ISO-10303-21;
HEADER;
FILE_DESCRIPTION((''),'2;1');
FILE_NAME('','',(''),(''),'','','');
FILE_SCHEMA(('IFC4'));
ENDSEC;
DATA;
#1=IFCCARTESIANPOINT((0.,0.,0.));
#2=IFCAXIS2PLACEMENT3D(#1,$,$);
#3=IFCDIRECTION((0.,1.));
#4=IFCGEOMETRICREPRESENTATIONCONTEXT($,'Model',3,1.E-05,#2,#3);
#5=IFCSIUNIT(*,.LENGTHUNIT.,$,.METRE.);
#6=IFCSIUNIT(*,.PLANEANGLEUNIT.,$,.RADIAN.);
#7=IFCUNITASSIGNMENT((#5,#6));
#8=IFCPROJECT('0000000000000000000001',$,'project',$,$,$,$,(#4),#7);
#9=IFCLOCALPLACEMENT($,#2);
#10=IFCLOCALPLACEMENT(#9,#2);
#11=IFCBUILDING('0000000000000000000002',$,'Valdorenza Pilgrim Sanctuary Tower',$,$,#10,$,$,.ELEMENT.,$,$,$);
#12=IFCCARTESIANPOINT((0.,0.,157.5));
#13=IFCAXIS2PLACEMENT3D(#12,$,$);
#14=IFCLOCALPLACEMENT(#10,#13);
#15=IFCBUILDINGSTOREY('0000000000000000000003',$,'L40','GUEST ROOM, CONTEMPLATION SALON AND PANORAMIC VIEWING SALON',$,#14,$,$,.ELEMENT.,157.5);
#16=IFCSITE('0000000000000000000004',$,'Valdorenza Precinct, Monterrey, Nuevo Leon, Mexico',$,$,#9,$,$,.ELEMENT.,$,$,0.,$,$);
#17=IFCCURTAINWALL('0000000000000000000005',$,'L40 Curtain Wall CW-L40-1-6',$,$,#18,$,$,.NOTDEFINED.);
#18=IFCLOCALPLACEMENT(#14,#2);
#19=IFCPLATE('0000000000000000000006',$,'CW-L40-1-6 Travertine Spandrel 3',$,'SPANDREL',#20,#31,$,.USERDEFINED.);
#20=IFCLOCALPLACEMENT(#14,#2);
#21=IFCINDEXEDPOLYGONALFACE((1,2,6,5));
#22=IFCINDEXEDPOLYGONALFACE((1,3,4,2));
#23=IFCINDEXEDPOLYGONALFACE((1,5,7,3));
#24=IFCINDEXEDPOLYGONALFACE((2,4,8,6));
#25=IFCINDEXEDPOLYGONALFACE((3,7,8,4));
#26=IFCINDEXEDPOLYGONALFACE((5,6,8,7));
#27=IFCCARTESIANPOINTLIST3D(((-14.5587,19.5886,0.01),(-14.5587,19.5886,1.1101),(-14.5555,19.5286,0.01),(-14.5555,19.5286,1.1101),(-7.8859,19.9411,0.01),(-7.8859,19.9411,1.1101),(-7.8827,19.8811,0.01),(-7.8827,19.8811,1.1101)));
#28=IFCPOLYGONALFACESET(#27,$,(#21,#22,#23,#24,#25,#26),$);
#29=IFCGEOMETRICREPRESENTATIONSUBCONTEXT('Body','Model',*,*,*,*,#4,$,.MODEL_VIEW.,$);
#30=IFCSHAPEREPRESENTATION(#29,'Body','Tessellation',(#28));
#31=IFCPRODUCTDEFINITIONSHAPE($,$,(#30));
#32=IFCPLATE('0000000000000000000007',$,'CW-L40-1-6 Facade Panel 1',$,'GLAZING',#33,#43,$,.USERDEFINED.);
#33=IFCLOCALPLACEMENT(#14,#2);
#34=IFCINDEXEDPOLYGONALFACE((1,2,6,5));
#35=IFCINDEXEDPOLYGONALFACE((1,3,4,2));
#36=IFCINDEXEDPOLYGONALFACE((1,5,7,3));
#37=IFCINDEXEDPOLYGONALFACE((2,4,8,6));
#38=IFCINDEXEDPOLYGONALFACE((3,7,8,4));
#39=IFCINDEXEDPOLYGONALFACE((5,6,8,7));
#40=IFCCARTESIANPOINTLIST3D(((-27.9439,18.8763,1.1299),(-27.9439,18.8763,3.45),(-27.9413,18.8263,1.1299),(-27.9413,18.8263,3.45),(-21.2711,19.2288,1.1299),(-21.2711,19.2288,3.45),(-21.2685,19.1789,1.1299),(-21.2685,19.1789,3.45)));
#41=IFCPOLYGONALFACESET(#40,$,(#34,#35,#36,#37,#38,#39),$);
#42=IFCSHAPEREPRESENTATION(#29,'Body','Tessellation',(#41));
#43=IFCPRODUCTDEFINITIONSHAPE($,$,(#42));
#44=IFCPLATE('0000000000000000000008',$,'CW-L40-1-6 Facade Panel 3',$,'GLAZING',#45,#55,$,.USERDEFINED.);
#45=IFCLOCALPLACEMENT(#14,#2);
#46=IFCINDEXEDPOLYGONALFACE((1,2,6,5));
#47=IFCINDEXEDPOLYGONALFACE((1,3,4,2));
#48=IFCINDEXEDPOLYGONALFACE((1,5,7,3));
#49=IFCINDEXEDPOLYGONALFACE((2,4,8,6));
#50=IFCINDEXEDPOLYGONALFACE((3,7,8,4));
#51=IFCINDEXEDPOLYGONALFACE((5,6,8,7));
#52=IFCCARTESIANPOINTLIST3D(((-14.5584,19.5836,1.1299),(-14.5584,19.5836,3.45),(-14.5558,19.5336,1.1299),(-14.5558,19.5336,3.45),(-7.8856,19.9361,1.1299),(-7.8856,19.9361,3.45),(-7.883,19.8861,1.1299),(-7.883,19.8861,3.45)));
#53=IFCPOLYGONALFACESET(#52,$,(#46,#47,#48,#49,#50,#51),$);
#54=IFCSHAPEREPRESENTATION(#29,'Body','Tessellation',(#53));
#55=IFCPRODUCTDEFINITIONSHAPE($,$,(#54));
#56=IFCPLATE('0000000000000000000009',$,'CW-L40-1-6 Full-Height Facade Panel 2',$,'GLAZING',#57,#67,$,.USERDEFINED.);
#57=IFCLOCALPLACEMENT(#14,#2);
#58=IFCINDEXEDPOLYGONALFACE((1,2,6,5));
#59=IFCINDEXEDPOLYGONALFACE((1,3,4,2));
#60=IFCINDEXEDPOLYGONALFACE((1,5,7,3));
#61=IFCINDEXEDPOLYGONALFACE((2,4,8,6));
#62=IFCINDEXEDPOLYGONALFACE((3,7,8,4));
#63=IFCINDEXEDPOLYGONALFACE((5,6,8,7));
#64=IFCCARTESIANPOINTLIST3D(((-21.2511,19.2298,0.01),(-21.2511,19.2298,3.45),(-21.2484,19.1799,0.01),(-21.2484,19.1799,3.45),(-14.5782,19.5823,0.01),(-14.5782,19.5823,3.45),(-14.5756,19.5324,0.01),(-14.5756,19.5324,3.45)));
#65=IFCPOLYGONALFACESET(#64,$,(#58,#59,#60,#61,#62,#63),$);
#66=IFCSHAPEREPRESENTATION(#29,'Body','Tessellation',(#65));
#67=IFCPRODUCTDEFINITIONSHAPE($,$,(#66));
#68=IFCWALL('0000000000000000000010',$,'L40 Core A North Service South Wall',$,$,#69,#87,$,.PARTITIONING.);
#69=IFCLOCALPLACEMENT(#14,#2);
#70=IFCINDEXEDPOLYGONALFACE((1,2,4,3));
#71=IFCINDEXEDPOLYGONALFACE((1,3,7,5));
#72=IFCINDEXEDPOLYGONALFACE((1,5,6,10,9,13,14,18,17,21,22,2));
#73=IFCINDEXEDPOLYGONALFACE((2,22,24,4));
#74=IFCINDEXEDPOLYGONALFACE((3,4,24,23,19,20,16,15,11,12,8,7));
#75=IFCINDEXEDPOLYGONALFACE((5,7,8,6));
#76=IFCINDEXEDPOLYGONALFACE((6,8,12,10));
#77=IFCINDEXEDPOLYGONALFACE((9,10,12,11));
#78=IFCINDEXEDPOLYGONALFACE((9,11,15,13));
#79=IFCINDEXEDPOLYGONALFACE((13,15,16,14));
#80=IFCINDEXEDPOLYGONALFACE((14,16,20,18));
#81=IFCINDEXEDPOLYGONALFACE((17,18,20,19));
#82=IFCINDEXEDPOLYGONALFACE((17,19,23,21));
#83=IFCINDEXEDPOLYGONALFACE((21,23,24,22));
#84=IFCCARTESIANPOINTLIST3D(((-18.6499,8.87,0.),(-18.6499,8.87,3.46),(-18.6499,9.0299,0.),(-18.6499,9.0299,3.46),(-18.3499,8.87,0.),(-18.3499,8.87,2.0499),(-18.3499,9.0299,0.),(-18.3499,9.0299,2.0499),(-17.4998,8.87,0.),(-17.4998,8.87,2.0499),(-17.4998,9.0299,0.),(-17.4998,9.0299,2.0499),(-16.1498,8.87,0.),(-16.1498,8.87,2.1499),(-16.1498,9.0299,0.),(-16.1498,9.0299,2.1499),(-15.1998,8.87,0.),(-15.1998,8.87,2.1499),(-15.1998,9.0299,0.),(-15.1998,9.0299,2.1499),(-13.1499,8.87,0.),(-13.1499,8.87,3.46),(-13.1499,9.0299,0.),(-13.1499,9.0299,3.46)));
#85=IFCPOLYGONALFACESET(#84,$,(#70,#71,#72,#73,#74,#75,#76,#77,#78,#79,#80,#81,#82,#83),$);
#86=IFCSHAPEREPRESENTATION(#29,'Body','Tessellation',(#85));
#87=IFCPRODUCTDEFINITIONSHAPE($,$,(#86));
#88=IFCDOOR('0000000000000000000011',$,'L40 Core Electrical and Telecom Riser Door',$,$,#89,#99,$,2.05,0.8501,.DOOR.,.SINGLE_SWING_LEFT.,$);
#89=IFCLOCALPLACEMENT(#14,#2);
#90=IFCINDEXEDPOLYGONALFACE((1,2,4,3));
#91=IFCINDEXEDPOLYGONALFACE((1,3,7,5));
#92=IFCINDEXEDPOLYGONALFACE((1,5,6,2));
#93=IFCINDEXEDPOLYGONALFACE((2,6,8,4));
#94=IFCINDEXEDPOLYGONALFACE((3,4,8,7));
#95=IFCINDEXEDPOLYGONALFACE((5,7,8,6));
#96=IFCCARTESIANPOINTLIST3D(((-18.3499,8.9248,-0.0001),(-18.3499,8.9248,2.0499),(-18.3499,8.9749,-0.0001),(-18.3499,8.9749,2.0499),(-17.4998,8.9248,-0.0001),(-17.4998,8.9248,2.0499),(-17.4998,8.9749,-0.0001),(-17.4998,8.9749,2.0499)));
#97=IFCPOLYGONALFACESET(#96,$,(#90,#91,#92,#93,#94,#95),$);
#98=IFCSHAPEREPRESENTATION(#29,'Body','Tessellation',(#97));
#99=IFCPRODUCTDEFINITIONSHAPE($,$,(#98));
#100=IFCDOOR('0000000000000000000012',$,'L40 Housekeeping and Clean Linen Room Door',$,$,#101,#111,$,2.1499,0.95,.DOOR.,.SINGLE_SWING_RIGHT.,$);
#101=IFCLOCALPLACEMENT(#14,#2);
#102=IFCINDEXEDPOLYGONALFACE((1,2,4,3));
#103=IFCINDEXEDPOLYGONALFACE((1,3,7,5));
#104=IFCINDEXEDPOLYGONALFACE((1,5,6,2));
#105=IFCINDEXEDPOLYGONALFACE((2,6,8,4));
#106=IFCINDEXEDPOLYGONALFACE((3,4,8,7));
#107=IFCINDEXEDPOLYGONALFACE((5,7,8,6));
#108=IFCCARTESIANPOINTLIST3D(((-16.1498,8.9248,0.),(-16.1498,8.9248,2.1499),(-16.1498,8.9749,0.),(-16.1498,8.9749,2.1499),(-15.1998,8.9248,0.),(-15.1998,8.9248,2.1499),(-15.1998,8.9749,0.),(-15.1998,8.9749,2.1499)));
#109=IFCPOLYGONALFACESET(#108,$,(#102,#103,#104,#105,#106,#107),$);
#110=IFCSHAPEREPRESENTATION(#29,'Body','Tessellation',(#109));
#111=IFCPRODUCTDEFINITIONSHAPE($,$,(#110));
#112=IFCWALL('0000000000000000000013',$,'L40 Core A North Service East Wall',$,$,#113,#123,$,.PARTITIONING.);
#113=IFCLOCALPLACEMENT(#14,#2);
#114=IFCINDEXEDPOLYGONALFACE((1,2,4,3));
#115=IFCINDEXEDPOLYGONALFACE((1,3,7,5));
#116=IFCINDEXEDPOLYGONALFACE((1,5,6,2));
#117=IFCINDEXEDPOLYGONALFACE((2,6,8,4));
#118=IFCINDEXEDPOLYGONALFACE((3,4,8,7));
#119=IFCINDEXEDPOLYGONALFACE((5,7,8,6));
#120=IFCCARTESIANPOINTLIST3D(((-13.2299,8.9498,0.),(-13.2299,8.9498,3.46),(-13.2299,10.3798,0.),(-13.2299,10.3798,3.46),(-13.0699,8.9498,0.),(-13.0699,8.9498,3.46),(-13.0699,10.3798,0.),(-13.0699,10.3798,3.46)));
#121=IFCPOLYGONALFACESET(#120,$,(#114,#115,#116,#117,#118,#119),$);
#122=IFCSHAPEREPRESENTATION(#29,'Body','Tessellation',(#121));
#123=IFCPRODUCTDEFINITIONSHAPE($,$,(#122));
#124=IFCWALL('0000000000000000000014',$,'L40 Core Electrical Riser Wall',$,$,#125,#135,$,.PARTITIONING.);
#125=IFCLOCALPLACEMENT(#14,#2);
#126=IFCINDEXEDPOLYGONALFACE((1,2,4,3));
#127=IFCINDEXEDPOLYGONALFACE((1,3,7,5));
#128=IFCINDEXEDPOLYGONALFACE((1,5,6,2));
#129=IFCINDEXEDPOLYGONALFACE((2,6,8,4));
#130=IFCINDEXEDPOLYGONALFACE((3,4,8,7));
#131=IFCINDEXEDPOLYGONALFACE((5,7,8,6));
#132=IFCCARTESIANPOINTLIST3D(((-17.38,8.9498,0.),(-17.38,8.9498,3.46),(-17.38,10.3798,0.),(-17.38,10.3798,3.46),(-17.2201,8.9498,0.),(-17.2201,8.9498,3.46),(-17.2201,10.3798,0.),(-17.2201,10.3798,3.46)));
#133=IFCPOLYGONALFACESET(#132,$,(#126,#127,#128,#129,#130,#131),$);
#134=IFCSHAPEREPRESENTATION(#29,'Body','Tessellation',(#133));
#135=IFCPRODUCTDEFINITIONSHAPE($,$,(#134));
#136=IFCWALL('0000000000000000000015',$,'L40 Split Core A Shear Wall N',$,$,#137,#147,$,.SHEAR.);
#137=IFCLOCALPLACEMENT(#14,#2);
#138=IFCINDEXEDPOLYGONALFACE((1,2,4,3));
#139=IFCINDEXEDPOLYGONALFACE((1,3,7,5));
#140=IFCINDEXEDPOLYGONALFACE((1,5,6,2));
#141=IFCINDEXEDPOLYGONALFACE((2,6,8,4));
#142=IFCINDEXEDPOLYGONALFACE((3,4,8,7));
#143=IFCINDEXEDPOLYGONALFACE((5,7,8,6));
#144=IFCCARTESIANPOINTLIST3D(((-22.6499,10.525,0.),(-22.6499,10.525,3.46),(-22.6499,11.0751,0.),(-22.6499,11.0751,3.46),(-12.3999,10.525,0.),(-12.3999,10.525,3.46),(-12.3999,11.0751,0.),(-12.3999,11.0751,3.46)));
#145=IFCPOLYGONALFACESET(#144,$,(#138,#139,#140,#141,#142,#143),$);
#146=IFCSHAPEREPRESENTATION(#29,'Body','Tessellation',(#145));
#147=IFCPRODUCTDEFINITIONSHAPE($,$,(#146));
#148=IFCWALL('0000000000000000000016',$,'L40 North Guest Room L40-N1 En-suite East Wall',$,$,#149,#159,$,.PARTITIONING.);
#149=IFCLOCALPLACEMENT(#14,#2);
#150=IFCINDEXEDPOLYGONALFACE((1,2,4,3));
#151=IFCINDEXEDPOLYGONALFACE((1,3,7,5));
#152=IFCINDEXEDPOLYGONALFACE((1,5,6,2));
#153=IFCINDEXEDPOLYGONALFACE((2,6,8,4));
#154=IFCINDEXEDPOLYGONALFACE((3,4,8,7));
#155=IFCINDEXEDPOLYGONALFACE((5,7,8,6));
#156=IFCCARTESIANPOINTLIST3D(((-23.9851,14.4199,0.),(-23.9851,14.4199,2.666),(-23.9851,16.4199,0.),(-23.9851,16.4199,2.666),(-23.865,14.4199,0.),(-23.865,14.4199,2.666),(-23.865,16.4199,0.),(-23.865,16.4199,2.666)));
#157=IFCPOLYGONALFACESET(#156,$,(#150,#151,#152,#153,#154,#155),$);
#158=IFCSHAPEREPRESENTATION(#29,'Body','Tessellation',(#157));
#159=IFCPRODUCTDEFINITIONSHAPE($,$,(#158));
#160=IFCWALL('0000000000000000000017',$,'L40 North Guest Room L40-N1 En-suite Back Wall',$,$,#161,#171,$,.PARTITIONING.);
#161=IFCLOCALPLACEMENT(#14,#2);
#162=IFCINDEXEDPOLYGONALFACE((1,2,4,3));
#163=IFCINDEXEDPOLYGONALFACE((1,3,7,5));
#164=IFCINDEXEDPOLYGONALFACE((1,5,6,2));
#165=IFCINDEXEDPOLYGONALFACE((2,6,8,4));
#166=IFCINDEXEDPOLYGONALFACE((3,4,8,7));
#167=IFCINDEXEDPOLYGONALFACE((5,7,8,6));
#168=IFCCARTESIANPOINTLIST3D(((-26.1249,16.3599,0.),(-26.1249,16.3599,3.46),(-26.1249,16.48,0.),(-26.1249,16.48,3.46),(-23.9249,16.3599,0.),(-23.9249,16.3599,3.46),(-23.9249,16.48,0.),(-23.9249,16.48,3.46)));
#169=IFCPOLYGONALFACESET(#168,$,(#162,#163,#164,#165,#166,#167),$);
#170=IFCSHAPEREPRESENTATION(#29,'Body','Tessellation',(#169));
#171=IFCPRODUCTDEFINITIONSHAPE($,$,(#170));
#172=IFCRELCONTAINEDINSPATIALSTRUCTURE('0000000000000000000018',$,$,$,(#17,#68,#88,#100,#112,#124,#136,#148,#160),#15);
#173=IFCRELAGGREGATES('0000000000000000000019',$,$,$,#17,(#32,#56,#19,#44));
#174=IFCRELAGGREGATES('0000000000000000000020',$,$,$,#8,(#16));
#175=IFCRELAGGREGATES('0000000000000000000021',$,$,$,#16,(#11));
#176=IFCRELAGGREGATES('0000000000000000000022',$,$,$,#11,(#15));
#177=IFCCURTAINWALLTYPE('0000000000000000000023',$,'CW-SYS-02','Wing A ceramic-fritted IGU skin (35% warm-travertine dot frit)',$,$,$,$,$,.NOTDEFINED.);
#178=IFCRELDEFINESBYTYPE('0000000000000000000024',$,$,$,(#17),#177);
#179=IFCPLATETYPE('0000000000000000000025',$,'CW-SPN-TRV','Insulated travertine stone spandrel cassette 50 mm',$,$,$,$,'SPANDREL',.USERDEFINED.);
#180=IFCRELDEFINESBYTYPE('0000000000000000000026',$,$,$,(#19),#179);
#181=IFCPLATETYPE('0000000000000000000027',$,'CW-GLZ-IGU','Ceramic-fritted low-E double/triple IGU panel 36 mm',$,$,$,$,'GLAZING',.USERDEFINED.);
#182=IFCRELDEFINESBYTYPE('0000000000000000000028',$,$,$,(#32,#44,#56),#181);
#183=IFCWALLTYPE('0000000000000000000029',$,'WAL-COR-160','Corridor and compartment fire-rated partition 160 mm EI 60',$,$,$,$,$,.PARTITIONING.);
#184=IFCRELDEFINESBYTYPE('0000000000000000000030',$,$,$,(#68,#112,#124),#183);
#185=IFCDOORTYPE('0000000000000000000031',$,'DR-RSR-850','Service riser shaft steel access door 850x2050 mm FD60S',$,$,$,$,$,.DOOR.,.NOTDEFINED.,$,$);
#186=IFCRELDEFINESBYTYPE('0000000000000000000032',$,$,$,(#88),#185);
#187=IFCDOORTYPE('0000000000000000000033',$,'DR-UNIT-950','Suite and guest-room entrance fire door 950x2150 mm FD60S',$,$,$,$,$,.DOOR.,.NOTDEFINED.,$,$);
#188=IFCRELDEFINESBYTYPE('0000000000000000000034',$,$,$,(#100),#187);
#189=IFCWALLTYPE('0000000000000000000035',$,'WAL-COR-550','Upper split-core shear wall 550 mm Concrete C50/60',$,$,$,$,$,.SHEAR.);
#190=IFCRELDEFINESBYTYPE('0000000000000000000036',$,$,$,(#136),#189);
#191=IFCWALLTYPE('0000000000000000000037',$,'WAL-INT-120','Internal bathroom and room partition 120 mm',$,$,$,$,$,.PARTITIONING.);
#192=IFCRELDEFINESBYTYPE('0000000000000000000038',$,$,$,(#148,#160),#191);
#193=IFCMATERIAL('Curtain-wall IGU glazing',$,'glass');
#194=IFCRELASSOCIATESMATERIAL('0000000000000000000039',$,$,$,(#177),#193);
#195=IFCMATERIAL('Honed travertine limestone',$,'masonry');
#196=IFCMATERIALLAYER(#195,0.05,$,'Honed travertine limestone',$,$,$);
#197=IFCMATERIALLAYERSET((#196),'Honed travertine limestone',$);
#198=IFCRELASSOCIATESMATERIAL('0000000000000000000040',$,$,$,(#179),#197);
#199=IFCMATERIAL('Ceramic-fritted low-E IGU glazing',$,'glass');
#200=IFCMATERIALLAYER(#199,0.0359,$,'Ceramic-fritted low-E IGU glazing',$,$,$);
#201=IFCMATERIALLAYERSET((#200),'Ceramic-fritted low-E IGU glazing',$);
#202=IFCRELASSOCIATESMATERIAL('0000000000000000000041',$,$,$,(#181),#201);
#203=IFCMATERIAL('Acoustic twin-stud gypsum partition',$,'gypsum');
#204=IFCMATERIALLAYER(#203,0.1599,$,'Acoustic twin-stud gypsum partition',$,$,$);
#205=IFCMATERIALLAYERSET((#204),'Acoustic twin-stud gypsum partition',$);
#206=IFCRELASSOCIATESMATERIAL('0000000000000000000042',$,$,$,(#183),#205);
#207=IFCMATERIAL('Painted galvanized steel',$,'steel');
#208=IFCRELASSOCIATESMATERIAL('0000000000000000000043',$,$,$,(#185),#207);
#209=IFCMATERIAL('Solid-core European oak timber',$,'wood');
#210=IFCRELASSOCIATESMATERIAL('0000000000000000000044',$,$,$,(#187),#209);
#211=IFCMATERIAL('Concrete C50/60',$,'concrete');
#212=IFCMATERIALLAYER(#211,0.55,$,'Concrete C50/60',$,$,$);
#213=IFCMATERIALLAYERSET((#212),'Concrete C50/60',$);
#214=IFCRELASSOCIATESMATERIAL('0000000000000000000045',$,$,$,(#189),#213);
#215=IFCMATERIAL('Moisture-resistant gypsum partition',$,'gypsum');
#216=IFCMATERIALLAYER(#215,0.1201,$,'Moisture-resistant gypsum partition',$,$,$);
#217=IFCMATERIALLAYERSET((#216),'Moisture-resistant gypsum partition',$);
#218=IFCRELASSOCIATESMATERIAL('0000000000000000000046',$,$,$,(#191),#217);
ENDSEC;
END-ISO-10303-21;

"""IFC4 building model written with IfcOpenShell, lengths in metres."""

from ifc_helpers import new_model, si_unit, direction, frame, frame_2d, origin, origin_2d, place, context, subcontext, project, spatial, rectangle, extrude, source, transform, mapped, material, layer, layer_set, type_object, element, fill, aggregate, save


model = new_model("IFC4")

# Units and contexts
model_context = context("Model", 3, precision=1e-05, world=origin(), true_north=direction((0.0, 1.0)))
body_context = subcontext(model_context, "Body", "Model", "MODEL_VIEW")
ifc_project = project(units=[si_unit("LENGTHUNIT", "METRE"), si_unit("PLANEANGLEUNIT", "RADIAN")], contexts=[model_context])

# Site, building, storey
site_placement = place(None, origin())
site = spatial("IfcSite", under=ifc_project, at=site_placement, Name="Valdorenza Precinct, Monterrey, Nuevo Leon, Mexico", CompositionType="ELEMENT", RefElevation=0.0)
building_placement = place(site_placement, origin())
building = spatial("IfcBuilding", under=site, at=building_placement, Name="Valdorenza Pilgrim Sanctuary Tower", CompositionType="ELEMENT")
storey_placement = place(building_placement, frame((0.0, 0.0, 157.5)))
storey = spatial("IfcBuildingStorey", under=building, at=storey_placement, Name="L40", Description="GUEST ROOM, CONTEMPLATION SALON AND PANORAMIC VIEWING SALON", CompositionType="ELEMENT", Elevation=157.5)

# Curtain wall, plates
ifc_material_1 = material(Name="Curtain-wall IGU glazing", Category="glass")
curtain_wall_type = type_object("IfcCurtainWallType", Name="CW-SYS-02", Description="Wing A ceramic-fritted IGU skin (35% warm-travertine dot frit)", PredefinedType="NOTDEFINED", material=ifc_material_1)
curtain_wall_placement = place(storey_placement, origin())
curtain_wall = element("IfcCurtainWall", 1, at=curtain_wall_placement, inside=storey, type_object=curtain_wall_type, Name="L40 Curtain Wall CW-L40-1-6", PredefinedType="NOTDEFINED")
ifc_material_2 = material(Name="Honed travertine limestone", Category="masonry")
ifc_layer_1 = layer(ifc_material_2, 0.05, Name="Honed travertine limestone")
ifc_layer_set_1 = layer_set([ifc_layer_1], Name="Honed travertine limestone")
plate_type_1 = type_object("IfcPlateType", Name="CW-SPN-TRV", Description="Insulated travertine stone spandrel cassette 50 mm", ElementType="SPANDREL", PredefinedType="USERDEFINED", material=ifc_layer_set_1)
shared_shape_1 = source(origin(), body_context, "Body", "SweptSolid", [
    extrude(rectangle(XDim=6.6821, YDim=0.0601, at=origin_2d()), origin(), (0.0, 0.0, 1.0), 1.1001),
])
plate_1_placement = place(storey_placement, frame((-11.2207, 19.7349, 0.01), z_axis=(0.0, 0.0, 1.0), x_axis=(0.998608, 0.052754, 0.0)))
plate_1 = element("IfcPlate", 2, at=plate_1_placement, type_object=plate_type_1, Name="CW-L40-1-6 Travertine Spandrel 3", ObjectType="SPANDREL", PredefinedType="USERDEFINED", context=body_context, shape_type="MappedRepresentation", body=[
    mapped(shared_shape_1, transform((0.0, 0.0, 0.0), x_axis=(1.0, 0.0, 0.0), y_axis=(0.0, 1.0, 0.0), z_axis=(0.0, 0.0, 1.0), scale=1.0)),
])
ifc_material_3 = material(Name="Ceramic-fritted low-E IGU glazing", Category="glass")
ifc_layer_2 = layer(ifc_material_3, 0.0359, Name="Ceramic-fritted low-E IGU glazing")
ifc_layer_set_2 = layer_set([ifc_layer_2], Name="Ceramic-fritted low-E IGU glazing")
plate_type_2 = type_object("IfcPlateType", Name="CW-GLZ-IGU", Description="Ceramic-fritted low-E double/triple IGU panel 36 mm", ElementType="GLAZING", PredefinedType="USERDEFINED", material=ifc_layer_set_2)
shared_shape_2 = source(origin(), body_context, "Body", "SweptSolid", [
    extrude(rectangle(XDim=6.6821, YDim=0.05, at=origin_2d()), origin(), (0.0, 0.0, 1.0), 2.3201),
])
plate_2_placement = place(storey_placement, frame((-24.6062, 19.0276, 1.1299), z_axis=(0.0, 0.0, 1.0), x_axis=(0.998608, 0.052754, 0.0)))
plate_2 = element("IfcPlate", 3, at=plate_2_placement, type_object=plate_type_2, Name="CW-L40-1-6 Facade Panel 1", ObjectType="GLAZING", PredefinedType="USERDEFINED", context=body_context, shape_type="MappedRepresentation", body=[
    mapped(shared_shape_2, transform((0.0, 0.0, 0.0), x_axis=(1.0, 0.0, 0.0), y_axis=(0.0, 1.0, 0.0), z_axis=(0.0, 0.0, 1.0), scale=1.0)),
])
plate_3_placement = place(storey_placement, frame((-11.2207, 19.7349, 1.1299), z_axis=(0.0, 0.0, 1.0), x_axis=(0.998608, 0.052754, 0.0)))
plate_3 = element("IfcPlate", 4, at=plate_3_placement, type_object=plate_type_2, Name="CW-L40-1-6 Facade Panel 3", ObjectType="GLAZING", PredefinedType="USERDEFINED", context=body_context, shape_type="MappedRepresentation", body=[
    mapped(shared_shape_2, transform((0.0, 0.0, 0.0), x_axis=(1.0, 0.0, 0.0), y_axis=(0.0, 1.0, 0.0), z_axis=(0.0, 0.0, 1.0), scale=1.0)),
])
shared_shape_3 = source(origin(), body_context, "Body", "SweptSolid", [
    extrude(rectangle(XDim=6.6821, YDim=0.05, at=origin_2d()), origin(), (0.0, 0.0, 1.0), 3.4399),
])
plate_4_placement = place(storey_placement, frame((-17.9133, 19.3811, 0.01), z_axis=(0.0, 0.0, 1.0), x_axis=(0.998608, 0.052754, 0.0)))
plate_4 = element("IfcPlate", 5, at=plate_4_placement, type_object=plate_type_2, Name="CW-L40-1-6 Full-Height Facade Panel 2", ObjectType="GLAZING", PredefinedType="USERDEFINED", context=body_context, shape_type="MappedRepresentation", body=[
    mapped(shared_shape_3, transform((0.0, 0.0, 0.0), x_axis=(1.0, 0.0, 0.0), y_axis=(0.0, 1.0, 0.0), z_axis=(0.0, 0.0, 1.0), scale=1.0)),
])
aggregate(curtain_wall, [plate_2, plate_4, plate_1, plate_3])

# Wall, openings, doors
ifc_material_4 = material(Name="Acoustic twin-stud gypsum partition", Category="gypsum")
ifc_layer_3 = layer(ifc_material_4, 0.1599, Name="Acoustic twin-stud gypsum partition")
ifc_layer_set_3 = layer_set([ifc_layer_3], Name="Acoustic twin-stud gypsum partition")
wall_type_1 = type_object("IfcWallType", Name="WAL-COR-160", Description="Corridor and compartment fire-rated partition 160 mm EI 60", PredefinedType="PARTITIONING", material=ifc_layer_set_3)
wall_1_placement = place(storey_placement, frame((-18.6499, 8.95, 0.0), z_axis=(0.0, 0.0, 1.0), x_axis=(1.0, 0.0, 0.0)))
wall_1 = element("IfcWall", 6, at=wall_1_placement, inside=storey, type_object=wall_type_1, Name="L40 Core A North Service South Wall", PredefinedType="PARTITIONING", context=body_context, shape_type="SweptSolid", body=[
    extrude(rectangle(XDim=5.5, YDim=0.1599, at=frame_2d((2.75, 0.0))), origin(), (0.0, 0.0, 1.0), 3.46),
])
opening_1_placement = place(wall_1_placement, frame((0.3, 0.0, 0.0)))
opening_1 = element("IfcOpeningElement", 7, at=opening_1_placement, cuts=wall_1, PredefinedType="OPENING", context=body_context, shape_type="SweptSolid", body=[
    extrude(rectangle(XDim=0.8501, YDim=2.05, at=frame_2d((0.425, 1.0249))), frame((0.0, 0.0947, 0.0), z_axis=(0.0, -1.0, 0.0), x_axis=(1.0, 0.0, 0.0)), (0.0, 0.0, 1.0), 0.1897),
])
opening_2_placement = place(wall_1_placement, frame((2.5, 0.0, 0.0)))
opening_2 = element("IfcOpeningElement", 8, at=opening_2_placement, cuts=wall_1, PredefinedType="OPENING", context=body_context, shape_type="SweptSolid", body=[
    extrude(rectangle(XDim=0.95, YDim=2.1499, at=frame_2d((0.4751, 1.075))), frame((0.0, 0.0947, 0.0), z_axis=(0.0, -1.0, 0.0), x_axis=(1.0, 0.0, 0.0)), (0.0, 0.0, 1.0), 0.1897),
])
ifc_material_5 = material(Name="Painted galvanized steel", Category="steel")
door_type_1 = type_object("IfcDoorType", Name="DR-RSR-850", Description="Service riser shaft steel access door 850x2050 mm FD60S", OperationType="NOTDEFINED", PredefinedType="DOOR", material=ifc_material_5)
door_1_placement = place(opening_1_placement, origin())
door_1 = element("IfcDoor", 9, at=door_1_placement, inside=storey, type_object=door_type_1, Name="L40 Core Electrical and Telecom Riser Door", OperationType="SINGLE_SWING_LEFT", OverallHeight=2.05, OverallWidth=0.8501, PredefinedType="DOOR", context=body_context, shape_type="SweptSolid", body=[
    extrude(rectangle(XDim=0.8501, YDim=2.05, at=frame_2d((0.425, 1.0249))), frame((0.0, 0.0249, 0.0), z_axis=(0.0, -1.0, 0.0), x_axis=(1.0, 0.0, 0.0)), (0.0, 0.0, 1.0), 0.05),
])
fill(opening_1, door_1)
ifc_material_6 = material(Name="Solid-core European oak timber", Category="wood")
door_type_2 = type_object("IfcDoorType", Name="DR-UNIT-950", Description="Suite and guest-room entrance fire door 950x2150 mm FD60S", OperationType="NOTDEFINED", PredefinedType="DOOR", material=ifc_material_6)
door_2_placement = place(opening_2_placement, origin())
door_2 = element("IfcDoor", 10, at=door_2_placement, inside=storey, type_object=door_type_2, Name="L40 Housekeeping and Clean Linen Room Door", OperationType="SINGLE_SWING_RIGHT", OverallHeight=2.1499, OverallWidth=0.95, PredefinedType="DOOR", context=body_context, shape_type="SweptSolid", body=[
    extrude(rectangle(XDim=0.95, YDim=2.1499, at=frame_2d((0.4751, 1.075))), frame((0.0, 0.0249, 0.0), z_axis=(0.0, -1.0, 0.0), x_axis=(1.0, 0.0, 0.0)), (0.0, 0.0, 1.0), 0.05),
])
fill(opening_2, door_2)

# Walls
for number, where, z_axis, x_axis, name in (
    (11, (-13.1499, 8.95, 0.0), (0.0, 0.0, 1.0), (0.0, 1.0, 0.0), "L40 Core A North Service East Wall"),
    (12, (-17.3, 8.95, 0.0), (0.0, 0.0, 1.0), (0.0, 1.0, 0.0), "L40 Core Electrical Riser Wall"),
):
    element("IfcWall", number, at=place(storey_placement, frame(where, z_axis=z_axis, x_axis=x_axis)), inside=storey, type_object=wall_type_1, Name=name, PredefinedType="PARTITIONING", context=body_context, shape_type="SweptSolid", body=[
        extrude(rectangle(XDim=1.4299, YDim=0.1599, at=frame_2d((0.7148, 0.0))), origin(), (0.0, 0.0, 1.0), 3.46),
    ])
ifc_material_7 = material(Name="Concrete C50/60", Category="concrete")
ifc_layer_4 = layer(ifc_material_7, 0.55, Name="Concrete C50/60")
ifc_layer_set_4 = layer_set([ifc_layer_4], Name="Concrete C50/60")
wall_type_2 = type_object("IfcWallType", Name="WAL-COR-550", Description="Upper split-core shear wall 550 mm Concrete C50/60", PredefinedType="SHEAR", material=ifc_layer_set_4)
wall_2_placement = place(storey_placement, frame((-22.6499, 10.8, 0.0), z_axis=(0.0, 0.0, 1.0), x_axis=(1.0, 0.0, 0.0)))
element("IfcWall", 13, at=wall_2_placement, inside=storey, type_object=wall_type_2, Name="L40 Split Core A Shear Wall N", PredefinedType="SHEAR", context=body_context, shape_type="SweptSolid", body=[
    extrude(rectangle(XDim=10.25, YDim=0.55, at=frame_2d((5.125, 0.0))), origin(), (0.0, 0.0, 1.0), 3.46),
])
ifc_material_8 = material(Name="Moisture-resistant gypsum partition", Category="gypsum")
ifc_layer_5 = layer(ifc_material_8, 0.1201, Name="Moisture-resistant gypsum partition")
ifc_layer_set_5 = layer_set([ifc_layer_5], Name="Moisture-resistant gypsum partition")
wall_type_3 = type_object("IfcWallType", Name="WAL-INT-120", Description="Internal bathroom and room partition 120 mm", PredefinedType="PARTITIONING", material=ifc_layer_set_5)
wall_3_placement = place(storey_placement, frame((-23.925, 14.4199, 0.0), z_axis=(0.0, 0.0, 1.0), x_axis=(0.0, 1.0, 0.0)))
element("IfcWall", 14, at=wall_3_placement, inside=storey, type_object=wall_type_3, Name="L40 North Guest Room L40-N1 En-suite East Wall", PredefinedType="PARTITIONING", context=body_context, shape_type="SweptSolid", body=[
    extrude(rectangle(XDim=2.0, YDim=0.1201, at=frame_2d((1.0, 0.0))), origin(), (0.0, 0.0, 1.0), 2.666),
])
wall_4_placement = place(storey_placement, frame((-26.125, 16.4199, 0.0), z_axis=(0.0, 0.0, 1.0), x_axis=(1.0, 0.0, 0.0)))
element("IfcWall", 15, at=wall_4_placement, inside=storey, type_object=wall_type_3, Name="L40 North Guest Room L40-N1 En-suite Back Wall", PredefinedType="PARTITIONING", context=body_context, shape_type="SweptSolid", body=[
    extrude(rectangle(XDim=2.2, YDim=0.1201, at=frame_2d((1.1001, 0.0))), origin(), (0.0, 0.0, 1.0), 3.46),
])

save(model, "model.ifc")
